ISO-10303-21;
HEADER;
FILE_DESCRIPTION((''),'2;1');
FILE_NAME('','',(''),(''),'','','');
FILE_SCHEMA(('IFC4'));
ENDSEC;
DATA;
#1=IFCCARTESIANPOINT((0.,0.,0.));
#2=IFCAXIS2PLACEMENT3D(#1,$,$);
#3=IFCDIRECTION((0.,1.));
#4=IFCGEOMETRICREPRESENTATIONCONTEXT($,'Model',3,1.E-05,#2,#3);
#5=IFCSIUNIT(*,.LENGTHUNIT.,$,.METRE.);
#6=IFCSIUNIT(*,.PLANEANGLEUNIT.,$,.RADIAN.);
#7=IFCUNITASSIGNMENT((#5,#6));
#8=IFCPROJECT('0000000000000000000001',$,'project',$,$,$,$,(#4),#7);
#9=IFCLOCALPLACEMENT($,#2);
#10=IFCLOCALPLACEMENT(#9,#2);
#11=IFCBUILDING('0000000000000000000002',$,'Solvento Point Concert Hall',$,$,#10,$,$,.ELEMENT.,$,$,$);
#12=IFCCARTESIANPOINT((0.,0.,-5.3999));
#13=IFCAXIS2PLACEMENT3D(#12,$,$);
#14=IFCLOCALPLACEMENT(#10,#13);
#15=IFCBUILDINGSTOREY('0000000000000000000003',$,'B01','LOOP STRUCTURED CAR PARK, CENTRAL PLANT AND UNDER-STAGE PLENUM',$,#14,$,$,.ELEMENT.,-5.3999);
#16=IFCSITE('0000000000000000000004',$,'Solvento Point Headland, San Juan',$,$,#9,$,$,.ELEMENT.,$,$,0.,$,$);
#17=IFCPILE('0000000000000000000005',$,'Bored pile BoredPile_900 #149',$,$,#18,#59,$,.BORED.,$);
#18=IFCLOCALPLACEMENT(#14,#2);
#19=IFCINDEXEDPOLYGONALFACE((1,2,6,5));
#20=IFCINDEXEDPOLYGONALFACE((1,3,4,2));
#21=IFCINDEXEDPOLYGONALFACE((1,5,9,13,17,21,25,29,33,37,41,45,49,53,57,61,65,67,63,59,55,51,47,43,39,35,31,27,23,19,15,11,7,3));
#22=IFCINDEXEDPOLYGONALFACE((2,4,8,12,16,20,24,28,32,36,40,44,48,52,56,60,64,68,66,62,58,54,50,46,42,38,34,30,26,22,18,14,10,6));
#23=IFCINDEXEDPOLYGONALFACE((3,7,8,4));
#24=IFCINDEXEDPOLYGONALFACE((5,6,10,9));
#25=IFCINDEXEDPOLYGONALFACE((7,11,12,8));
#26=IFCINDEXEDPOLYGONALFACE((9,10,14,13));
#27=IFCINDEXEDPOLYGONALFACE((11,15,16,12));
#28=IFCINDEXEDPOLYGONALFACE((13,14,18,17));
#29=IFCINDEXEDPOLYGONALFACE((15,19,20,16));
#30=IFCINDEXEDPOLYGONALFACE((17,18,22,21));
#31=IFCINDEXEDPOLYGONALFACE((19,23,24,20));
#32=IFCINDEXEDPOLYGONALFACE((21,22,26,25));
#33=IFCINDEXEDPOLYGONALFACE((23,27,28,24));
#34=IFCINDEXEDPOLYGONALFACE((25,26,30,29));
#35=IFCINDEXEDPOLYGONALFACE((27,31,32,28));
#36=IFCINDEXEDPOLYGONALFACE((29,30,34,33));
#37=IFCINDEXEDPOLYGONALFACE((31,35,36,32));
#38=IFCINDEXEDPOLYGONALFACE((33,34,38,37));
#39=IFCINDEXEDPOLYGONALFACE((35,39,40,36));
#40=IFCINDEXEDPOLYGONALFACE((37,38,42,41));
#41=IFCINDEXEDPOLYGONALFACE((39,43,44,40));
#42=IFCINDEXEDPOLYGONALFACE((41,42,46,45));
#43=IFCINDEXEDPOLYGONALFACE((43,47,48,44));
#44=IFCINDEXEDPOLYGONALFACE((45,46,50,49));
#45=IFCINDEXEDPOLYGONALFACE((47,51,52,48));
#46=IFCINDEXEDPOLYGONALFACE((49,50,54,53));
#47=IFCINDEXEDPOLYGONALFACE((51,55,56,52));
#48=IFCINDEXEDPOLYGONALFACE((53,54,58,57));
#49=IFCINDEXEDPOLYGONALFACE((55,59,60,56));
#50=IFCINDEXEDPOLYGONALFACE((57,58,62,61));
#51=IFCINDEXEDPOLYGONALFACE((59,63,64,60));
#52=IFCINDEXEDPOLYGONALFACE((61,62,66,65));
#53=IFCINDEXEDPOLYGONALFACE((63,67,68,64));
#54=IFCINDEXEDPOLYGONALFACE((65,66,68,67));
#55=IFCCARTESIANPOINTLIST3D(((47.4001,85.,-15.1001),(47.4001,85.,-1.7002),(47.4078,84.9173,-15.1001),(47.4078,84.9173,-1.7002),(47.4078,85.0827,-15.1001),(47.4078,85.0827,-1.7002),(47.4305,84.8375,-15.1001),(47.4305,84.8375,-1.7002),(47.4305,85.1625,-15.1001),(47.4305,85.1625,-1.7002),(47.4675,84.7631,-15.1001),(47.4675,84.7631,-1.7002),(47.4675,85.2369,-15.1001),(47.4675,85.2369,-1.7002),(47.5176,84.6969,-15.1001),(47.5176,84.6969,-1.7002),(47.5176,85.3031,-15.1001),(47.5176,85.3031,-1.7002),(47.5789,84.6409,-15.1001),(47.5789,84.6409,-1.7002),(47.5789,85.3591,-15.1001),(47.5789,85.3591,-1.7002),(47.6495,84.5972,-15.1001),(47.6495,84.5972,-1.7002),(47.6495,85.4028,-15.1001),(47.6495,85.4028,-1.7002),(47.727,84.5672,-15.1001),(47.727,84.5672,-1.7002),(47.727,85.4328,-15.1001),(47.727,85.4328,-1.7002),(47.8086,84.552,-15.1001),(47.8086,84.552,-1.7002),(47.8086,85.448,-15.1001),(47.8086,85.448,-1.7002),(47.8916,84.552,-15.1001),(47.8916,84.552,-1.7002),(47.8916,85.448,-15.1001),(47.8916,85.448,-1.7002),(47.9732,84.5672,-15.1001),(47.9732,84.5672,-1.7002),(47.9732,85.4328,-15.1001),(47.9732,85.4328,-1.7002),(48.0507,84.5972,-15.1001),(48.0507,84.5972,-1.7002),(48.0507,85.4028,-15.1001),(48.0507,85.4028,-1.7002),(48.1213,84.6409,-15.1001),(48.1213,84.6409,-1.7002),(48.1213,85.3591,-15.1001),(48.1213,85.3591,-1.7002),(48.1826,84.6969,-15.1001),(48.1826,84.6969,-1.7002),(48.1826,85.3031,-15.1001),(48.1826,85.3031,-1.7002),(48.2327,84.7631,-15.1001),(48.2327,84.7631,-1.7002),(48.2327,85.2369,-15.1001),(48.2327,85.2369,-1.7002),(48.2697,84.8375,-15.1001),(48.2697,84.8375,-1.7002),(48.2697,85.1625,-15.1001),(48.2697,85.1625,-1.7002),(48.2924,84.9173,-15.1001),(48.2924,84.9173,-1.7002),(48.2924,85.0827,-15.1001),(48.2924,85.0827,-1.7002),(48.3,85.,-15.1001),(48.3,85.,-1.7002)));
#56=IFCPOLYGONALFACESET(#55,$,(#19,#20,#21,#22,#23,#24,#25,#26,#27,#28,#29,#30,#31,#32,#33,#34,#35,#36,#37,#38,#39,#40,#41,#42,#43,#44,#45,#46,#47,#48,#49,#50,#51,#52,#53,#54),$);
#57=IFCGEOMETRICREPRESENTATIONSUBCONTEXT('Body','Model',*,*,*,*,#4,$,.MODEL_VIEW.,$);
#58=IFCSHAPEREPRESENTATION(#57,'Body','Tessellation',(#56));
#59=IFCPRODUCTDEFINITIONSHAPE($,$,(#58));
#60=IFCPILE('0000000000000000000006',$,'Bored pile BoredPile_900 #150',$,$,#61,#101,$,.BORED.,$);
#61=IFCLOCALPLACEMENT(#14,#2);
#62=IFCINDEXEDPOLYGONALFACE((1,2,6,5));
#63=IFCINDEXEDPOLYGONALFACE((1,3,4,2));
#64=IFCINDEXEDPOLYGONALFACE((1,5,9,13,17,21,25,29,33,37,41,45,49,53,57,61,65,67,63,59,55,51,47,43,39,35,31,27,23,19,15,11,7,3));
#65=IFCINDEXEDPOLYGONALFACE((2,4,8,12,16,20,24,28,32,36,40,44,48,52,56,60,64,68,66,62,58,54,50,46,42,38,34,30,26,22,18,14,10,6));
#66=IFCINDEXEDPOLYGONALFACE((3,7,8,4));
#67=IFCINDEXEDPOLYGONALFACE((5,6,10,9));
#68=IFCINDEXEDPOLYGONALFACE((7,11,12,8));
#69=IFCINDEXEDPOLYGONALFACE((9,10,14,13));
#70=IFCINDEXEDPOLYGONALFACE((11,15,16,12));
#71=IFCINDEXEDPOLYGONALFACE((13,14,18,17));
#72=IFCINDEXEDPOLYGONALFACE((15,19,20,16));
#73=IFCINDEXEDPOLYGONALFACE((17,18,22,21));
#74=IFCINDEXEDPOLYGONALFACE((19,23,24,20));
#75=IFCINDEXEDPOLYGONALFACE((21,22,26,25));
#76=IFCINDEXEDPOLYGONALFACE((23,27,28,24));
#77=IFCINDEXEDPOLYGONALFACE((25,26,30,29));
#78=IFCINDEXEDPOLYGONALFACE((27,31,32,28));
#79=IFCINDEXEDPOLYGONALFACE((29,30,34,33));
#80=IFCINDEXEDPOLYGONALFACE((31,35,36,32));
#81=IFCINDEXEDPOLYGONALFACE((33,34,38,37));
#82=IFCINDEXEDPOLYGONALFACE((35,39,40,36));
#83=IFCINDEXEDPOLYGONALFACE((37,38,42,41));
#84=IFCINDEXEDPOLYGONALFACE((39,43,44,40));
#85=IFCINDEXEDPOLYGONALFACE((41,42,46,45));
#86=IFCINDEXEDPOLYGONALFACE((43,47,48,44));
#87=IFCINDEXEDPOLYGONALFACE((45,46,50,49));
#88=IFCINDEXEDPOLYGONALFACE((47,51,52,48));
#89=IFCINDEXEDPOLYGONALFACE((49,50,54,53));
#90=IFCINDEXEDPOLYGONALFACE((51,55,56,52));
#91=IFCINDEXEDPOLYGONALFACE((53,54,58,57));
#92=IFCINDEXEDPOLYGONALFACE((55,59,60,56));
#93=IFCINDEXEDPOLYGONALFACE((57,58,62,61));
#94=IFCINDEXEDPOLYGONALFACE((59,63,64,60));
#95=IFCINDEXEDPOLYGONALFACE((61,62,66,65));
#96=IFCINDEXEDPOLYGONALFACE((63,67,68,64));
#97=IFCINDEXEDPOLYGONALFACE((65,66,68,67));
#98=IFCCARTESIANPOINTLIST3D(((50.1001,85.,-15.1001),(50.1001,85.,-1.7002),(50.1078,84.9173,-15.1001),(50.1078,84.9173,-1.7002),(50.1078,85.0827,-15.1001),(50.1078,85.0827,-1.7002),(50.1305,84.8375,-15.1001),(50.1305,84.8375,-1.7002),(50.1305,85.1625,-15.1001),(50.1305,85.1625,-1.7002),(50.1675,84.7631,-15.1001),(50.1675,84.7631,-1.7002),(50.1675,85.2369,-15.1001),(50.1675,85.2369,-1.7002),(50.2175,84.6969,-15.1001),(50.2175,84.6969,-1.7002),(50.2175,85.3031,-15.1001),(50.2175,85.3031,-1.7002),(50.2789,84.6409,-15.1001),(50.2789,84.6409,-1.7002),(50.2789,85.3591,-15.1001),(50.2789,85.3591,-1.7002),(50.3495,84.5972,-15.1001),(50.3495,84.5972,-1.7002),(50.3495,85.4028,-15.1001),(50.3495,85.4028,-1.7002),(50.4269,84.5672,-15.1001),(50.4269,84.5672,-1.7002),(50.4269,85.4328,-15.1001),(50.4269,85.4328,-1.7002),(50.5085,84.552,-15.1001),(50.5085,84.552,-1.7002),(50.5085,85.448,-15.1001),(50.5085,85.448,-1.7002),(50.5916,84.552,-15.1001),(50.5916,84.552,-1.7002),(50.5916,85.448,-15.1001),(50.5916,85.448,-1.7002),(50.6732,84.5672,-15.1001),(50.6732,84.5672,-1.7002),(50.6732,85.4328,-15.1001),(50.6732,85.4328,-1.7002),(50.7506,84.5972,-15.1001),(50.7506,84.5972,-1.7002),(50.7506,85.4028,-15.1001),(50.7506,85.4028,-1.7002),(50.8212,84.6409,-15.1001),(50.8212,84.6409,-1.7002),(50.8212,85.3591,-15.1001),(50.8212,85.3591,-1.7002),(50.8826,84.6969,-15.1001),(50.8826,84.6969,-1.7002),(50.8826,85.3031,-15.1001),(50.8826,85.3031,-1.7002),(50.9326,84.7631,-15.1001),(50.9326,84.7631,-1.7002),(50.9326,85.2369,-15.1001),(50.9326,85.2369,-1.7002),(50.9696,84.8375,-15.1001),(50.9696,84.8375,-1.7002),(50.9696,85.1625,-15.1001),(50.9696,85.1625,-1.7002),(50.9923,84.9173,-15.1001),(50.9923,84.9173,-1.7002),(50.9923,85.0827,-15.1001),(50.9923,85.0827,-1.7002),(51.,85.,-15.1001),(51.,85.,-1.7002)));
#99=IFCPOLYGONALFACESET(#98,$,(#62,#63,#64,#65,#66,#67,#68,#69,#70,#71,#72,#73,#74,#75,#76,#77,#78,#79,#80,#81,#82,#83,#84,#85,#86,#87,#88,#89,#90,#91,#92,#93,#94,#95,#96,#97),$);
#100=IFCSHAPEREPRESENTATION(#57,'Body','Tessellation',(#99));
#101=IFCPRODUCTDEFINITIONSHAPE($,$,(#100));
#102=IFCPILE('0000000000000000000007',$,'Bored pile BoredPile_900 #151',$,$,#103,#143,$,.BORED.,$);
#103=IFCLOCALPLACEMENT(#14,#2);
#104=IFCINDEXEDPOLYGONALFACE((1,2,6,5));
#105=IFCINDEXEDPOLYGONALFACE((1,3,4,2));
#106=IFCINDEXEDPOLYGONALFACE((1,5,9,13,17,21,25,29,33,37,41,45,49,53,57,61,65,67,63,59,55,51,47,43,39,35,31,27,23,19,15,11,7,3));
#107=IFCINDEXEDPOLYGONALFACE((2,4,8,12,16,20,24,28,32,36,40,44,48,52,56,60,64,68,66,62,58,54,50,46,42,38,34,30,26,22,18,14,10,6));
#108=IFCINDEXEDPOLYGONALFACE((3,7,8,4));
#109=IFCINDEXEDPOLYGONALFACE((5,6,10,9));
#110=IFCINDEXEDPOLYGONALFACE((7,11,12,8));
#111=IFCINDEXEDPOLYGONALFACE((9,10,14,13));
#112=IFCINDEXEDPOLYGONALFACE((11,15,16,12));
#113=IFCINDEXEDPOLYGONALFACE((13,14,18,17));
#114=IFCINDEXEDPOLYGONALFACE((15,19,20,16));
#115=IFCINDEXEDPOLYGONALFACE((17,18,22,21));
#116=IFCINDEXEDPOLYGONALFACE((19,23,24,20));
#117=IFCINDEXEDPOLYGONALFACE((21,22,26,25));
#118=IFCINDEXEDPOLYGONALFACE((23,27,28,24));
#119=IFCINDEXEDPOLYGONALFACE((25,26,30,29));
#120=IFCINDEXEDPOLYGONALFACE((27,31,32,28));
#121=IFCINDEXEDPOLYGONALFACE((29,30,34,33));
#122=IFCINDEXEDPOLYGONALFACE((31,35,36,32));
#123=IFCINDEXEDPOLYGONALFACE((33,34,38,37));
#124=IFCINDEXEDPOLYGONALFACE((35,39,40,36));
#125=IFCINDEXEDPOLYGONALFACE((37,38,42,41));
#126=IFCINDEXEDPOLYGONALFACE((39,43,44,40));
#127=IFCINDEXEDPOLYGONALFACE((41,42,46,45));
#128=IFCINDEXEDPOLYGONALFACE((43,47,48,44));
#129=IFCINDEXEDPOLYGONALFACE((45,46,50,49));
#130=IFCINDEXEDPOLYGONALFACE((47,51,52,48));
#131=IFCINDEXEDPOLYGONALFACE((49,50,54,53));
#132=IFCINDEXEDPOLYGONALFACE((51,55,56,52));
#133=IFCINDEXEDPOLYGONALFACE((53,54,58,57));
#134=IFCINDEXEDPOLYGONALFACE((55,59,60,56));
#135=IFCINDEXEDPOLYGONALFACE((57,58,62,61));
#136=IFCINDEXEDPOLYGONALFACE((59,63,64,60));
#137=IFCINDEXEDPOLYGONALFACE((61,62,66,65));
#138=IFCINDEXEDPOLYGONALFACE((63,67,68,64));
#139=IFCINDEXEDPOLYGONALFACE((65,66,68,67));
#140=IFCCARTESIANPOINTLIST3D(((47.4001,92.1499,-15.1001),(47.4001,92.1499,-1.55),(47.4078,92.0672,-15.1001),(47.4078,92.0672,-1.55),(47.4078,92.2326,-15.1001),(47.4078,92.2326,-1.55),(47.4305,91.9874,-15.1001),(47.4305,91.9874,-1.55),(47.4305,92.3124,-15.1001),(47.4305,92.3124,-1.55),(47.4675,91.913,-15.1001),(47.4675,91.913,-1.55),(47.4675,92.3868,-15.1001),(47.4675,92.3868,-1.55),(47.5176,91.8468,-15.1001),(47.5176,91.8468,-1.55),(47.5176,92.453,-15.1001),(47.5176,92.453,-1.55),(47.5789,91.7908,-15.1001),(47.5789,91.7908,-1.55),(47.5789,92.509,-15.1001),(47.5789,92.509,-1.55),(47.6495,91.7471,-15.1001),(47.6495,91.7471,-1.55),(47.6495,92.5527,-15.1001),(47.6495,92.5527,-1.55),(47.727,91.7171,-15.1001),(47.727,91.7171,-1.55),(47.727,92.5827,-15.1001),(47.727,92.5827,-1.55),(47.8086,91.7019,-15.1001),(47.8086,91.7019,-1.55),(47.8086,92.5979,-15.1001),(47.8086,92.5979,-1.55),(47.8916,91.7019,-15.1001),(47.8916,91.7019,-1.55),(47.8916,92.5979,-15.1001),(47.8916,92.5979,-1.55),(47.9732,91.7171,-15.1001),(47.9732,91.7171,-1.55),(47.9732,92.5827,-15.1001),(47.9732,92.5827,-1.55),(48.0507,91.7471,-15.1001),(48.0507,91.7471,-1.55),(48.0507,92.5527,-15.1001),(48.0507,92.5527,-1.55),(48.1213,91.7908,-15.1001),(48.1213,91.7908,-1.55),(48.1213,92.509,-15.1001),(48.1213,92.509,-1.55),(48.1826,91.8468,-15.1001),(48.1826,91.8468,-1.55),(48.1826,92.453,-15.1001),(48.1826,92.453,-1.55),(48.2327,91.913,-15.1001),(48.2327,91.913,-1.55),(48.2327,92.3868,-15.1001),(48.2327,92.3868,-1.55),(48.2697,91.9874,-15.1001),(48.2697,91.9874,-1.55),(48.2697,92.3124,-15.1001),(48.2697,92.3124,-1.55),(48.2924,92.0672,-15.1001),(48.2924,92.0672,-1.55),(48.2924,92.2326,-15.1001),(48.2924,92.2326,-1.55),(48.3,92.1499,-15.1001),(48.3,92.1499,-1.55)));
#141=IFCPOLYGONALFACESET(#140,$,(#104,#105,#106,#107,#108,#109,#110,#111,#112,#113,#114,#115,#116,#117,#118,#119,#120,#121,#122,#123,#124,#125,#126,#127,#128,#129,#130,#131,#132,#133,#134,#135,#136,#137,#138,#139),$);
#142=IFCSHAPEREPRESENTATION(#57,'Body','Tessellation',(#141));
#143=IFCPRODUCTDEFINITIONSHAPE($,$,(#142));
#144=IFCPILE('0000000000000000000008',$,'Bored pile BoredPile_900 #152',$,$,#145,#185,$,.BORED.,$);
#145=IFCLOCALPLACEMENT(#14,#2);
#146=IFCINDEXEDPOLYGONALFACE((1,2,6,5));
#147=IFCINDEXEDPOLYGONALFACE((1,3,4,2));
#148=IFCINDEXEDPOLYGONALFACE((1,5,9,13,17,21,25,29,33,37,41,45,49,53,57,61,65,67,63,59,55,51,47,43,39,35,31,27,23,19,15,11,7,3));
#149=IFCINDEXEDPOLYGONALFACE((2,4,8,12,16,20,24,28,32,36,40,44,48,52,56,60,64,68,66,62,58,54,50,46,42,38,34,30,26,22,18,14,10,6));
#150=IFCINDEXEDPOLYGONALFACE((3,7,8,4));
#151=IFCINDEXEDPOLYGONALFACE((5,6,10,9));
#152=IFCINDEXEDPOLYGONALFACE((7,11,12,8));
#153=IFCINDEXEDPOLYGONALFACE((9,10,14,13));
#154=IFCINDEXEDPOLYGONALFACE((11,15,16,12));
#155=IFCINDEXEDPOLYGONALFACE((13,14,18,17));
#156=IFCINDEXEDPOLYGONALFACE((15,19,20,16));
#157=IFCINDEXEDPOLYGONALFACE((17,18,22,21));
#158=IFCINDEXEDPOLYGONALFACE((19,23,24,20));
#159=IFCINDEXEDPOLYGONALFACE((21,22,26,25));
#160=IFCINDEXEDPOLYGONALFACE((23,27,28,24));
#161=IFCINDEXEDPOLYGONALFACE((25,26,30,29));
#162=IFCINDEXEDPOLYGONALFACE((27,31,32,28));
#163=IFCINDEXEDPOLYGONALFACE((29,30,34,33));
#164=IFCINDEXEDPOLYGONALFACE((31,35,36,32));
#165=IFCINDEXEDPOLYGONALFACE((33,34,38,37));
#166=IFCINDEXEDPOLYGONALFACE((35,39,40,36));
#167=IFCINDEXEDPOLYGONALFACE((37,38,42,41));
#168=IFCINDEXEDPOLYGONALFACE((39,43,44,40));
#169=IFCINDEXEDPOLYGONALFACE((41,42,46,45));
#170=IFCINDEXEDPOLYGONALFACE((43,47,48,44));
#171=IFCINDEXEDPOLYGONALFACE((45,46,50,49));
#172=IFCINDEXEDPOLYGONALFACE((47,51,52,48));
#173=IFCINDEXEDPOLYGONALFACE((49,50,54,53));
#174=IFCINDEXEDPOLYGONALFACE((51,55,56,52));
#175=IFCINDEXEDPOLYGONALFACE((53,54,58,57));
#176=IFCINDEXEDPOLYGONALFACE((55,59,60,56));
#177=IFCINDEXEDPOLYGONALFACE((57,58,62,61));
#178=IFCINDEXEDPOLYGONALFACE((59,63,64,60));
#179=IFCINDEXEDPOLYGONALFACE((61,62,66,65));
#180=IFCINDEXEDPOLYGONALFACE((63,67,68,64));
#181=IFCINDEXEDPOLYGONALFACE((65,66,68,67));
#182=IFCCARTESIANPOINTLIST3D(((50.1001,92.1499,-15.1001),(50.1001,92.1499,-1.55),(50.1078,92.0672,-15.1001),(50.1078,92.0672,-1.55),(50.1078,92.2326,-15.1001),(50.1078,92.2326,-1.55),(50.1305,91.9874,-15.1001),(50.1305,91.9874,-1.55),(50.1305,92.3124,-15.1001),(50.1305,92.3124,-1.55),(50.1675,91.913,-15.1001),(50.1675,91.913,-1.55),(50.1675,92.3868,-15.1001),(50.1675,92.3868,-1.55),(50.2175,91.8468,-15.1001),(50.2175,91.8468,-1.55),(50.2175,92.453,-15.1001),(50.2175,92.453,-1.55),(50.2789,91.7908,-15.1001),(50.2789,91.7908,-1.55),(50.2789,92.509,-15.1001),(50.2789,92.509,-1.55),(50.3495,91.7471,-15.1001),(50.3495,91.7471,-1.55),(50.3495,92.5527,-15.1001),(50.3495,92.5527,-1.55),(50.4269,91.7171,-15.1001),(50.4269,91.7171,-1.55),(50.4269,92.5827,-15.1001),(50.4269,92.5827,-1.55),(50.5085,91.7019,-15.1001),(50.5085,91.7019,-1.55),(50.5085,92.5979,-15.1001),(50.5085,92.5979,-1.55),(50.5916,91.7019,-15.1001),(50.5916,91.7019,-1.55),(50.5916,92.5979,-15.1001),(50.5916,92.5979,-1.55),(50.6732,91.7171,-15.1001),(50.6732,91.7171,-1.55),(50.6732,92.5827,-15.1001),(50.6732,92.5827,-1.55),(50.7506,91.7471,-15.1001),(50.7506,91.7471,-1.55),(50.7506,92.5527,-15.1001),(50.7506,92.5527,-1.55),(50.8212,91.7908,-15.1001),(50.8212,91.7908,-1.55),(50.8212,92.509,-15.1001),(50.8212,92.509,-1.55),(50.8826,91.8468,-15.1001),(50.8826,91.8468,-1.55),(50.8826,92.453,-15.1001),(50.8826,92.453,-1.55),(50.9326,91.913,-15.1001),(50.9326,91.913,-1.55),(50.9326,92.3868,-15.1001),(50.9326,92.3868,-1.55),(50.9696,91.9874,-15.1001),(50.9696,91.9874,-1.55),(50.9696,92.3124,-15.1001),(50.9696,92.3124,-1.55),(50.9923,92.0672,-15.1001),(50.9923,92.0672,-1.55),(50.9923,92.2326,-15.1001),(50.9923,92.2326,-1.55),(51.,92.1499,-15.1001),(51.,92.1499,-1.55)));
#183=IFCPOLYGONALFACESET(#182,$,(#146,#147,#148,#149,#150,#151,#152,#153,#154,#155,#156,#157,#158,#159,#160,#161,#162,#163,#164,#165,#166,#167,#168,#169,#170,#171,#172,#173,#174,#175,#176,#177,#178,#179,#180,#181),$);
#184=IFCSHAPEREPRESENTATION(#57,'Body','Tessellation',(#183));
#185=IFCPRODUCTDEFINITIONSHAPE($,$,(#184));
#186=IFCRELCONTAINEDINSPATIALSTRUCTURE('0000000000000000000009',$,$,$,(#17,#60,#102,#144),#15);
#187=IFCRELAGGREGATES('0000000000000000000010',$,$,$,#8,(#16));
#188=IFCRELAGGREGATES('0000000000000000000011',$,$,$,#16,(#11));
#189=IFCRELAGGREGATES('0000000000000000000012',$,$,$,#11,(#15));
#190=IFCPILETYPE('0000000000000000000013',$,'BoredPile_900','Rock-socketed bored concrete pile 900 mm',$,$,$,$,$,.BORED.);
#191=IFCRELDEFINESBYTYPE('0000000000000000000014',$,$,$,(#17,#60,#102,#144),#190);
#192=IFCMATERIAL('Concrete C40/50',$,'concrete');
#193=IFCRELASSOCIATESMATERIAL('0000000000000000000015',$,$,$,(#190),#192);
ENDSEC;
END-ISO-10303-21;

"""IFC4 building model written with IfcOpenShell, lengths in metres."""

from ifc_helpers import new_model, si_unit, direction, frame, origin, origin_2d, place, context, subcontext, project, spatial, circle, extrude, material, material_profile, profile_set, type_object, element, save


model = new_model("IFC4")

# Units and contexts
model_context = context("Model", 3, precision=1e-05, world=origin(), true_north=direction((0.0, 1.0)))
body_context = subcontext(model_context, "Body", "Model", "MODEL_VIEW")
ifc_project = project(units=[si_unit("LENGTHUNIT", "METRE"), si_unit("PLANEANGLEUNIT", "RADIAN")], contexts=[model_context])

# Site, building, storey
site_placement = place(None, origin())
site = spatial("IfcSite", under=ifc_project, at=site_placement, Name="Solvento Point Headland, San Juan", CompositionType="ELEMENT", RefElevation=0.0)
building_placement = place(site_placement, origin())
building = spatial("IfcBuilding", under=site, at=building_placement, Name="Solvento Point Concert Hall", CompositionType="ELEMENT")
storey_placement = place(building_placement, frame((0.0, 0.0, -5.3999)))
storey = spatial("IfcBuildingStorey", under=building, at=storey_placement, Name="B01", Description="LOOP STRUCTURED CAR PARK, CENTRAL PLANT AND UNDER-STAGE PLENUM", CompositionType="ELEMENT", Elevation=-5.3999)

# Piles
ifc_material_1 = material(Name="Concrete C40/50", Category="concrete")
ifc_material_profile_1 = material_profile(ifc_material_1, circle(Radius=0.45, at=origin_2d()), Name="BP-900")
ifc_profile_set_1 = profile_set([ifc_material_profile_1], Name="Concrete C40/50")
pile_type = type_object("IfcPileType", Name="BoredPile_900", Description="Rock-socketed bored concrete pile 900 mm", PredefinedType="BORED", material=ifc_profile_set_1)
for number, where, z_axis, x_axis, name in (
    (1, (47.8501, 85.0, -1.7002), (0.0, 0.0, -1.0), (1.0, 0.0, 0.0), "Bored pile BoredPile_900 #149"),
    (2, (50.55, 85.0, -1.7002), (0.0, 0.0, -1.0), (1.0, 0.0, 0.0), "Bored pile BoredPile_900 #150"),
):
    element("IfcPile", number, at=place(storey_placement, frame(where, z_axis=z_axis, x_axis=x_axis)), inside=storey, type_object=pile_type, Name=name, PredefinedType="BORED", context=body_context, shape_type="SweptSolid", body=[
        extrude(circle(Radius=0.45, at=origin_2d()), origin(), (0.0, 0.0, 1.0), 13.3999),
    ])
for number, where, z_axis, x_axis, name in (
    (3, (47.8501, 92.1499, -1.55), (0.0, 0.0, -1.0), (1.0, 0.0, 0.0), "Bored pile BoredPile_900 #151"),
    (4, (50.55, 92.1499, -1.55), (0.0, 0.0, -1.0), (1.0, 0.0, 0.0), "Bored pile BoredPile_900 #152"),
):
    element("IfcPile", number, at=place(storey_placement, frame(where, z_axis=z_axis, x_axis=x_axis)), inside=storey, type_object=pile_type, Name=name, PredefinedType="BORED", context=body_context, shape_type="SweptSolid", body=[
        extrude(circle(Radius=0.45, at=origin_2d()), origin(), (0.0, 0.0, 1.0), 13.55),
    ])

save(model, "model.ifc")
